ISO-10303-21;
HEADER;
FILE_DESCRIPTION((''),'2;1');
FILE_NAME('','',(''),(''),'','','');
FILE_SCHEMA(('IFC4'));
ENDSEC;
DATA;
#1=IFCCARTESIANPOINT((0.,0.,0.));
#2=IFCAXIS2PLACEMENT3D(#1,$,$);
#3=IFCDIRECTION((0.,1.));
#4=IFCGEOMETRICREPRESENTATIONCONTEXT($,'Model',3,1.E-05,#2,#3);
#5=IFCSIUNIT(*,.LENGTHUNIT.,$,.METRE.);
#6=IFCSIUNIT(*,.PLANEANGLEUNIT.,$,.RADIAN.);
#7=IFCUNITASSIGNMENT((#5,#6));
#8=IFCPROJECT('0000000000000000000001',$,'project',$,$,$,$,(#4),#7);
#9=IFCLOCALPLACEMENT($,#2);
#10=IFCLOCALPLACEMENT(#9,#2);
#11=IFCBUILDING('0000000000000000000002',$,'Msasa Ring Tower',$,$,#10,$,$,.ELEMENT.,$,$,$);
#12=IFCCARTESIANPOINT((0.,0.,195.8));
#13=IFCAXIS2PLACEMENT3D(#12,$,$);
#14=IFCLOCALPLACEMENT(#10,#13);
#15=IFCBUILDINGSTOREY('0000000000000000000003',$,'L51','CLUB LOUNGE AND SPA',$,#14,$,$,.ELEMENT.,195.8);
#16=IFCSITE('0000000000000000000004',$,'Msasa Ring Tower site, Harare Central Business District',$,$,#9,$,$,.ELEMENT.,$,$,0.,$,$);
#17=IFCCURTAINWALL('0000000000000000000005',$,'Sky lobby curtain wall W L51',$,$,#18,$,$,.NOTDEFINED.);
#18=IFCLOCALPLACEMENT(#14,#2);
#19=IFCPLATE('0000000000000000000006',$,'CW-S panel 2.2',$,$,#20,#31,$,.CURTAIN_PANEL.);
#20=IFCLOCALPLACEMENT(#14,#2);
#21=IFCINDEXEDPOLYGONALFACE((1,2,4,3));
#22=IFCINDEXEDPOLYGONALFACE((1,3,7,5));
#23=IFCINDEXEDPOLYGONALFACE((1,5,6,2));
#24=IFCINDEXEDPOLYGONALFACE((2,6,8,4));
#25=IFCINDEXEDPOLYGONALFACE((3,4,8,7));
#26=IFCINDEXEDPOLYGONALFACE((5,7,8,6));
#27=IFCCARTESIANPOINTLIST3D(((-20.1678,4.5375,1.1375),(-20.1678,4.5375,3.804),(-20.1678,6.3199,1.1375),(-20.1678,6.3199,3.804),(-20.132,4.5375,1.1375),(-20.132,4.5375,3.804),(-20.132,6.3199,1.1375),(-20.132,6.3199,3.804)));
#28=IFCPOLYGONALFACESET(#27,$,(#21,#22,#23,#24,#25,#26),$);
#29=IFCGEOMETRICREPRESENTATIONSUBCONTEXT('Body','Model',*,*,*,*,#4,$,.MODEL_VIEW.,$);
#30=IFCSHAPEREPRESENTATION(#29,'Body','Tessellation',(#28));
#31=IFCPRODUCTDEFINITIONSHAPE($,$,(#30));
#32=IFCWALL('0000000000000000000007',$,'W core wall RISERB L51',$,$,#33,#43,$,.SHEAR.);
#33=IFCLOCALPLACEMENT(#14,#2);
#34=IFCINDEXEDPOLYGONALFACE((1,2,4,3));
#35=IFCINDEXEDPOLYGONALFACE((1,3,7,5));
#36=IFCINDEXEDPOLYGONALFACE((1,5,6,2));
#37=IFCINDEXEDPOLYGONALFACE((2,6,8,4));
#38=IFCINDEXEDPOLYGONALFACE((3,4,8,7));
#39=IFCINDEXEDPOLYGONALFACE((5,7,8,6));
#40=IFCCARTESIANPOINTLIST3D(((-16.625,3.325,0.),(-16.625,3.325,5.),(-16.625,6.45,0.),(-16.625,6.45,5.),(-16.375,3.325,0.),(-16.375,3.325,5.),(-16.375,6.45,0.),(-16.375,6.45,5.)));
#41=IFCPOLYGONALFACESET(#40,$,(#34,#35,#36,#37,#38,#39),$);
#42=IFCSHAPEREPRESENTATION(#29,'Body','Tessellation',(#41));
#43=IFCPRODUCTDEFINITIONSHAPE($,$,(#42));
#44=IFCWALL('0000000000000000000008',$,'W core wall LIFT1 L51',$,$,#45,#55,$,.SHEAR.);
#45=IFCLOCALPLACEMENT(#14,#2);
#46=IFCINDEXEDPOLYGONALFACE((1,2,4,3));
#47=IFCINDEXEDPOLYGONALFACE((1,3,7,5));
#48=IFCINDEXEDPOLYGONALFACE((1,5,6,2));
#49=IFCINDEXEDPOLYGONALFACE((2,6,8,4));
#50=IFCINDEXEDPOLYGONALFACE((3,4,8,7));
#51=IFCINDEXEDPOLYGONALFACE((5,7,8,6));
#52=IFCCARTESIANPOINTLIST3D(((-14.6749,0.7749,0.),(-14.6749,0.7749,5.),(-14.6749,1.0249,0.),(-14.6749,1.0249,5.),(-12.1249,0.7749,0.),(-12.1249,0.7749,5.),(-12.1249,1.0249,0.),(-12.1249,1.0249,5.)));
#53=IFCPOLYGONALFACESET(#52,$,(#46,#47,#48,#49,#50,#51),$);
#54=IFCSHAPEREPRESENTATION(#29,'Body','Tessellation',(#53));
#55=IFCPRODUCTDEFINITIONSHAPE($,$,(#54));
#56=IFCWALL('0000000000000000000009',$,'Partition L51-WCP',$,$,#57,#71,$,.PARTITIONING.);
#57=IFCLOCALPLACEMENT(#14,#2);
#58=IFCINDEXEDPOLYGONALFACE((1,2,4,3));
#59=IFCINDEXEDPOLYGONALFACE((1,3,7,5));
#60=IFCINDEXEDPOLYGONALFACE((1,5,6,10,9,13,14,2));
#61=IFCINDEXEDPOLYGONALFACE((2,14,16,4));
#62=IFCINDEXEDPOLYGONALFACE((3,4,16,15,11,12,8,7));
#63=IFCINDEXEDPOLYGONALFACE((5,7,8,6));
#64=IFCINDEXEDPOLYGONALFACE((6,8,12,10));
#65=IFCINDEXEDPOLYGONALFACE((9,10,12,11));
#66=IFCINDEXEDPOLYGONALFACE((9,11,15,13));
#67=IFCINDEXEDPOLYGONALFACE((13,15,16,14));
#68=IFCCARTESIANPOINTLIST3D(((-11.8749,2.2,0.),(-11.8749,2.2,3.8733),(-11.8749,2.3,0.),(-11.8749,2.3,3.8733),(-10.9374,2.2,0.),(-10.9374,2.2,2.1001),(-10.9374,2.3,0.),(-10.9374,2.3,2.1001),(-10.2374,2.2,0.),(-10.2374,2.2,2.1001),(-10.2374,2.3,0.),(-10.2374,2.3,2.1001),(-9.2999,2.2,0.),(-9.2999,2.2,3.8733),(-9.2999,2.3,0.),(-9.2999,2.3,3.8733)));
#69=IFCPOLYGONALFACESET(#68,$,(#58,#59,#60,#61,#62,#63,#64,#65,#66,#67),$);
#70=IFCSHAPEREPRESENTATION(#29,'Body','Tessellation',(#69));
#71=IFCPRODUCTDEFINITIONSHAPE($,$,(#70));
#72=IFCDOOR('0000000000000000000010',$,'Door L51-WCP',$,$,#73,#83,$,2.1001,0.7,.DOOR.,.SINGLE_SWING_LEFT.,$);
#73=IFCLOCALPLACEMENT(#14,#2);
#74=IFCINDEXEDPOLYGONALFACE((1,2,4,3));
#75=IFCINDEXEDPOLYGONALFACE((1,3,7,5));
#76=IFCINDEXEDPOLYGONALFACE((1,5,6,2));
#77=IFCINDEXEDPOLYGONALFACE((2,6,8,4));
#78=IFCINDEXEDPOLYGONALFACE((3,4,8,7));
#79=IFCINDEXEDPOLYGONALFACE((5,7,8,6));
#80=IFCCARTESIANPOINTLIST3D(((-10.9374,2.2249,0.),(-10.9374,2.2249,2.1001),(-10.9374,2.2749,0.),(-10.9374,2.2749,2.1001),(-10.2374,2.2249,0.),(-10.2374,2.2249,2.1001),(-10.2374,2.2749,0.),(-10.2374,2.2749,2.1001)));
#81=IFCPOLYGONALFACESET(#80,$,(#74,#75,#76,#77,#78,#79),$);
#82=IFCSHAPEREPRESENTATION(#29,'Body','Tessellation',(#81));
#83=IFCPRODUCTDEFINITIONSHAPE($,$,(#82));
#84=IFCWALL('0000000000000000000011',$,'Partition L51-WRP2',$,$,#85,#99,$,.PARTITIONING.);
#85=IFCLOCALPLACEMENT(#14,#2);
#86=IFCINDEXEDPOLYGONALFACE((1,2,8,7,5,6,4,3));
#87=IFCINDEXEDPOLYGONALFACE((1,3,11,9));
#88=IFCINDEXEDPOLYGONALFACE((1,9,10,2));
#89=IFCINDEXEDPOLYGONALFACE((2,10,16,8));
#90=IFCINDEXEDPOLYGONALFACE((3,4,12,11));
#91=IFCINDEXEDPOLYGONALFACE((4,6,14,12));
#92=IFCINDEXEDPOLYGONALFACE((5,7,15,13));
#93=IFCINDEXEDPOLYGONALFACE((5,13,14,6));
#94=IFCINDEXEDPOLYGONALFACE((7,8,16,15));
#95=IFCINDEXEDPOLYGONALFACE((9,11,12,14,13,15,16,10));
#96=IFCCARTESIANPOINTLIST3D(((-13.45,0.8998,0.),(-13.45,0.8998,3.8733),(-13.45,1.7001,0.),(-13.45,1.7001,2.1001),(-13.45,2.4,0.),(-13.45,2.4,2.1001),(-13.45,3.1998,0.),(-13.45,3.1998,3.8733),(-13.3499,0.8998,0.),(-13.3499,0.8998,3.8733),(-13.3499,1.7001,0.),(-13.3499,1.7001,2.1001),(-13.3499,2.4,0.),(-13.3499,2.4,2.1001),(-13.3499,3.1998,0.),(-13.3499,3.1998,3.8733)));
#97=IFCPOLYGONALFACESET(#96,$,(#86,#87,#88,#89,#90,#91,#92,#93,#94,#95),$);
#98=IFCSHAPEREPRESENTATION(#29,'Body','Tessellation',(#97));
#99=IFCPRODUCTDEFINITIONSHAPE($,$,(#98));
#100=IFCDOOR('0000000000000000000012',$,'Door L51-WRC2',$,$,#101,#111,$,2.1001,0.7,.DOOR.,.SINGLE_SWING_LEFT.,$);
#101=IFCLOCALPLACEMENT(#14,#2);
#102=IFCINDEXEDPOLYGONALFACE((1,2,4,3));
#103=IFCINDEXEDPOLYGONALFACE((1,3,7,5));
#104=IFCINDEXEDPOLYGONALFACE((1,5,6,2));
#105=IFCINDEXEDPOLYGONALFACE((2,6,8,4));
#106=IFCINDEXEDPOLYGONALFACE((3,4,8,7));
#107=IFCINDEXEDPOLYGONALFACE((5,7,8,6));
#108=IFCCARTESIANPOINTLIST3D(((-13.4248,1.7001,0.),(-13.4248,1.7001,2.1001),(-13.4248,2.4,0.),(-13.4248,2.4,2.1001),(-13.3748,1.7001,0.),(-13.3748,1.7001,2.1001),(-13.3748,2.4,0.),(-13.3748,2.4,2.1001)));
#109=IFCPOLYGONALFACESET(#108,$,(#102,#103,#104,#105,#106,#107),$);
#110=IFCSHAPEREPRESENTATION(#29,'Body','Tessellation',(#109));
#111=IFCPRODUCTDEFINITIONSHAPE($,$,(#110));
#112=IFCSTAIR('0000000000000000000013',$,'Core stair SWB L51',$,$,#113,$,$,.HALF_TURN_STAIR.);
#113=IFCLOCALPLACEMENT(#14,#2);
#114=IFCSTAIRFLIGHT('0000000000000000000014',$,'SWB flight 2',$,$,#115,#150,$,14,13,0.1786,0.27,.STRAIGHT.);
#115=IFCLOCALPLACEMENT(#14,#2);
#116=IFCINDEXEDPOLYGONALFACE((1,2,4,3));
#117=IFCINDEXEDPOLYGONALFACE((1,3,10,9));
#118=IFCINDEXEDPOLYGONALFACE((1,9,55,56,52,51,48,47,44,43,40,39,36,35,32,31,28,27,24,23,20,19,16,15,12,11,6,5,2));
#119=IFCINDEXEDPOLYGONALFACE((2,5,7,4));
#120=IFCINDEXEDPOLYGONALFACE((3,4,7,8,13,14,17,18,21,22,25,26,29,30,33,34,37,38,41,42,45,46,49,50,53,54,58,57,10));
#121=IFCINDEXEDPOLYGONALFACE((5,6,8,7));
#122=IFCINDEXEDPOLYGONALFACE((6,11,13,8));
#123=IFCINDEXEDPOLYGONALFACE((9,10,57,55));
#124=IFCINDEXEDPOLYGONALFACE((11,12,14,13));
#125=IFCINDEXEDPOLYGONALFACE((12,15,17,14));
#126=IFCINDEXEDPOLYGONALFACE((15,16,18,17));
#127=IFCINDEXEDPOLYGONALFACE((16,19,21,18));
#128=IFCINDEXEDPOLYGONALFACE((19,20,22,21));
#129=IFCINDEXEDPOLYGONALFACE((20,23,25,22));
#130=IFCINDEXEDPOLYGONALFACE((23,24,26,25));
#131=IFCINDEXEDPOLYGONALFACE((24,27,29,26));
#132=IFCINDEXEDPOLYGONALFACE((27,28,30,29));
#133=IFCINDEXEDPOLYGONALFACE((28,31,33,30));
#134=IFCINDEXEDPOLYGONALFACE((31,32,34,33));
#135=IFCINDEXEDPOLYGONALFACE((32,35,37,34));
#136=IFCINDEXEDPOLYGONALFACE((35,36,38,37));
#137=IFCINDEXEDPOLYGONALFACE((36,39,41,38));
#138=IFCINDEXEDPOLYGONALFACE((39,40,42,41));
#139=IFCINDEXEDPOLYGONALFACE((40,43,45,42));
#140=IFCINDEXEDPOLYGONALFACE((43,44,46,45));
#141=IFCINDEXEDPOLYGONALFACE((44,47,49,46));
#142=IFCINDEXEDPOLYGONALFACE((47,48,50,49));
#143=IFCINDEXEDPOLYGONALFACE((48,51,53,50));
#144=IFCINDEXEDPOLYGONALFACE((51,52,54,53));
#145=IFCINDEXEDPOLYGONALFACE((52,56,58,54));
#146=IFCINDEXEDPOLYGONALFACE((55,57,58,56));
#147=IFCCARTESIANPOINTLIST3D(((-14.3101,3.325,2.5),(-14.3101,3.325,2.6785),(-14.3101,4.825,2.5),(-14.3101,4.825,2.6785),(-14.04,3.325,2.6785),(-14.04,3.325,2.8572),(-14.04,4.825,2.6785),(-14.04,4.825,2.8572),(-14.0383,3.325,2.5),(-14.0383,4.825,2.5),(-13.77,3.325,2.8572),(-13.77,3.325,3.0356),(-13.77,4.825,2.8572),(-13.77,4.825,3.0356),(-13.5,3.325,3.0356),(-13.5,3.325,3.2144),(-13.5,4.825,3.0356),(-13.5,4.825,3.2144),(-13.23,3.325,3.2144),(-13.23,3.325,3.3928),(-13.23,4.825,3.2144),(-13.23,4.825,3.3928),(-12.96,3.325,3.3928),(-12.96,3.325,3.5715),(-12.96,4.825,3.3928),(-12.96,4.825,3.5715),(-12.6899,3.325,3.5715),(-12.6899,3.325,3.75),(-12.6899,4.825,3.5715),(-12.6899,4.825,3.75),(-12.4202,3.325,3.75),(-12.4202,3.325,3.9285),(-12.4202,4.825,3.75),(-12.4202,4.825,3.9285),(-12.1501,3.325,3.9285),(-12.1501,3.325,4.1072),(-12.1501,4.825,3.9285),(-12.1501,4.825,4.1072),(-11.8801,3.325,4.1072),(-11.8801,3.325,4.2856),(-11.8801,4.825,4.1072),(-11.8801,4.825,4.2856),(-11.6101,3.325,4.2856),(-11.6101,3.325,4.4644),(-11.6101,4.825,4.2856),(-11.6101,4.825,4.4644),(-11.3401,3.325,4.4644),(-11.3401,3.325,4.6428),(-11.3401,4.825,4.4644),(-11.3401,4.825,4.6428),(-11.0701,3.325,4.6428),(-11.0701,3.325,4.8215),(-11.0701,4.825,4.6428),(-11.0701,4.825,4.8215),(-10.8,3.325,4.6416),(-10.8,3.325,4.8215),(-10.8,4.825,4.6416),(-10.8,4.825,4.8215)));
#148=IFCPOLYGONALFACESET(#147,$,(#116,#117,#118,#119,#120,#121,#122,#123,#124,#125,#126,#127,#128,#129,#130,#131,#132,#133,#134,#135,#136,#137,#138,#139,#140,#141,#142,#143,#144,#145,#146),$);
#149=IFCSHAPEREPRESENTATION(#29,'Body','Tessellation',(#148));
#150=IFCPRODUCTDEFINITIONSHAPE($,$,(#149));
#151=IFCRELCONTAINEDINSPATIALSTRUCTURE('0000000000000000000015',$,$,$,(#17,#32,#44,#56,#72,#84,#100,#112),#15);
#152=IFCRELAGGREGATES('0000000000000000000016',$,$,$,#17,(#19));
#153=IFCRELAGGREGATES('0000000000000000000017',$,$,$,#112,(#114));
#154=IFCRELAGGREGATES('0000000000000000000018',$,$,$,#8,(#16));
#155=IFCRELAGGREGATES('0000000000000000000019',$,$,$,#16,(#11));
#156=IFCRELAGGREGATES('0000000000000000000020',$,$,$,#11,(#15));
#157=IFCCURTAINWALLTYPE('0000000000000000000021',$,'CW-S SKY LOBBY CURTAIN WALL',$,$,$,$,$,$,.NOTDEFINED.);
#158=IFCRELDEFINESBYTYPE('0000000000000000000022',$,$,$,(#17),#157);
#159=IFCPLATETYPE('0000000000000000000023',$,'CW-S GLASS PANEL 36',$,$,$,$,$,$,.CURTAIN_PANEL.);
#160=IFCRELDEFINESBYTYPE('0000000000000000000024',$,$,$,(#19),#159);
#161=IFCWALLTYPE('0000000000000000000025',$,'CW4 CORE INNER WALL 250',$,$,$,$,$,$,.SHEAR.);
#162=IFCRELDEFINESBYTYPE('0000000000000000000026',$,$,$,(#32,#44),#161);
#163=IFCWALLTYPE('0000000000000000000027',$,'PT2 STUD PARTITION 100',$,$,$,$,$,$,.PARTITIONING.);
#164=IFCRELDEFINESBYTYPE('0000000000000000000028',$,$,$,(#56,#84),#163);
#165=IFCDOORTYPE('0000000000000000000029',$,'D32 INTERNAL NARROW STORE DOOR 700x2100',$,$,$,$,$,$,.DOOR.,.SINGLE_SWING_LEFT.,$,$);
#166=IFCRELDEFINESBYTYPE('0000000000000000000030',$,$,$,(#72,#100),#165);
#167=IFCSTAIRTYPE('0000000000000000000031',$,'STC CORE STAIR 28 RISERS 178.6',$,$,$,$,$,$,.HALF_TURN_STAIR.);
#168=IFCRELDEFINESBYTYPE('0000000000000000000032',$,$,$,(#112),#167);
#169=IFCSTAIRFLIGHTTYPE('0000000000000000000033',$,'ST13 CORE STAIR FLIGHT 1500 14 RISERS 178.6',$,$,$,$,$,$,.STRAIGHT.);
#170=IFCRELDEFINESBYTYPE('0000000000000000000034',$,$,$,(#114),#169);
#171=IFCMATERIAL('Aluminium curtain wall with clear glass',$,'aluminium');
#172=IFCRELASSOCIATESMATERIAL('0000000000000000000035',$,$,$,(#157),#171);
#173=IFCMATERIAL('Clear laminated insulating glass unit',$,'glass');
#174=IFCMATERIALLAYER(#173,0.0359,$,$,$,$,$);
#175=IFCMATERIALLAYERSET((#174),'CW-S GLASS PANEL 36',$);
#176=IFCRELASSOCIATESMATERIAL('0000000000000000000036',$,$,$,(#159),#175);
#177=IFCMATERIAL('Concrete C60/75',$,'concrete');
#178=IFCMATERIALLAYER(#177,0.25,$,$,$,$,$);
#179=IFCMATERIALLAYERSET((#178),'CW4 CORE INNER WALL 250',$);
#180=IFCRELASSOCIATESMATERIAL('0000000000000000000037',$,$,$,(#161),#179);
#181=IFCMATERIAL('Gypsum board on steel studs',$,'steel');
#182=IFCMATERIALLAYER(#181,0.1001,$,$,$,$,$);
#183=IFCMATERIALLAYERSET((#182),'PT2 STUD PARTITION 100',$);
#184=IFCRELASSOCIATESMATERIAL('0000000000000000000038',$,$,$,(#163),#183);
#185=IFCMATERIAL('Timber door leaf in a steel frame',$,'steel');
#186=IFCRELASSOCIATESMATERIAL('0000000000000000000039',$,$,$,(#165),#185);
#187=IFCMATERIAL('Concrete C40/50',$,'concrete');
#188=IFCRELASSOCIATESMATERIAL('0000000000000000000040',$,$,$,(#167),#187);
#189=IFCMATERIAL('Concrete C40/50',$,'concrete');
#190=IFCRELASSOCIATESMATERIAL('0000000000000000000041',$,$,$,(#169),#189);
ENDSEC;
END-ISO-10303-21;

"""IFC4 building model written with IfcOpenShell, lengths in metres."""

from ifc_helpers import new_model, si_unit, direction, frame, frame_2d, origin, origin_2d, place, context, subcontext, project, spatial, polyline, rectangle, outline, extrude, material, layer, layer_set, type_object, element, fill, aggregate, save


model = new_model("IFC4")

# Units and contexts
model_context = context("Model", 3, precision=1e-05, world=origin(), true_north=direction((0.0, 1.0)))
body_context = subcontext(model_context, "Body", "Model", "MODEL_VIEW")
ifc_project = project(units=[si_unit("LENGTHUNIT", "METRE"), si_unit("PLANEANGLEUNIT", "RADIAN")], contexts=[model_context])

# Site, building, storey
site_placement = place(None, origin())
site = spatial("IfcSite", under=ifc_project, at=site_placement, Name="Msasa Ring Tower site, Harare Central Business District", CompositionType="ELEMENT", RefElevation=0.0)
building_placement = place(site_placement, origin())
building = spatial("IfcBuilding", under=site, at=building_placement, Name="Msasa Ring Tower", CompositionType="ELEMENT")
storey_placement = place(building_placement, frame((0.0, 0.0, 195.8)))
storey = spatial("IfcBuildingStorey", under=building, at=storey_placement, Name="L51", Description="CLUB LOUNGE AND SPA", CompositionType="ELEMENT", Elevation=195.8)

# Curtain wall
ifc_material_1 = material(Name="Aluminium curtain wall with clear glass", Category="aluminium")
curtain_wall_type = type_object("IfcCurtainWallType", Name="CW-S SKY LOBBY CURTAIN WALL", PredefinedType="NOTDEFINED", material=ifc_material_1)
curtain_wall_1_placement = place(storey_placement, origin())
curtain_wall_1 = element("IfcCurtainWall", 1, at=curtain_wall_1_placement, inside=storey, type_object=curtain_wall_type, Name="Sky lobby curtain wall W L51", PredefinedType="NOTDEFINED")

# Plate
ifc_material_2 = material(Name="Clear laminated insulating glass unit", Category="glass")
ifc_layer_1 = layer(ifc_material_2, 0.0359)
ifc_layer_set_1 = layer_set([ifc_layer_1], Name="CW-S GLASS PANEL 36")
plate_type = type_object("IfcPlateType", Name="CW-S GLASS PANEL 36", PredefinedType="CURTAIN_PANEL", material=ifc_layer_set_1)
plate_1_placement = place(storey_placement, frame((-20.1499, 5.4287, 1.1375), z_axis=(0.0, 0.0, 1.0), x_axis=(0.0, 1.0, 0.0)))
plate_1 = element("IfcPlate", 2, at=plate_1_placement, type_object=plate_type, Name="CW-S panel 2.2", PredefinedType="CURTAIN_PANEL", context=body_context, shape_type="SweptSolid", body=[
    extrude(rectangle(XDim=1.7825, YDim=0.0359, at=origin_2d()), origin(), (0.0, 0.0, 1.0), 2.6665),
])
aggregate(curtain_wall_1, [plate_1])

# Walls
ifc_material_3 = material(Name="Concrete C60/75", Category="concrete")
ifc_layer_2 = layer(ifc_material_3, 0.25)
ifc_layer_set_2 = layer_set([ifc_layer_2], Name="CW4 CORE INNER WALL 250")
wall_type_1 = type_object("IfcWallType", Name="CW4 CORE INNER WALL 250", PredefinedType="SHEAR", material=ifc_layer_set_2)
wall_1_placement = place(storey_placement, frame((-16.5, 3.325, 0.0), z_axis=(0.0, 0.0, 1.0), x_axis=(0.0, 1.0, 0.0)))
element("IfcWall", 3, at=wall_1_placement, inside=storey, type_object=wall_type_1, Name="W core wall RISERB L51", PredefinedType="SHEAR", context=body_context, shape_type="SweptSolid", body=[
    extrude(rectangle(XDim=3.125, YDim=0.25, at=frame_2d((1.5625, 0.0))), origin(), (0.0, 0.0, 1.0), 5.0),
])
wall_2_placement = place(storey_placement, frame((-12.125, 0.8999, 0.0), z_axis=(0.0, 0.0, 1.0), x_axis=(-1.0, 0.0, 0.0)))
element("IfcWall", 4, at=wall_2_placement, inside=storey, type_object=wall_type_1, Name="W core wall LIFT1 L51", PredefinedType="SHEAR", context=body_context, shape_type="SweptSolid", body=[
    extrude(rectangle(XDim=2.55, YDim=0.25, at=frame_2d((1.2749, 0.0))), origin(), (0.0, 0.0, 1.0), 5.0),
])

# Walls, openings, doors
ifc_material_4 = material(Name="Gypsum board on steel studs", Category="steel")
ifc_layer_3 = layer(ifc_material_4, 0.1001)
ifc_layer_set_3 = layer_set([ifc_layer_3], Name="PT2 STUD PARTITION 100")
wall_type_2 = type_object("IfcWallType", Name="PT2 STUD PARTITION 100", PredefinedType="PARTITIONING", material=ifc_layer_set_3)
wall_3_placement = place(storey_placement, frame((-11.875, 2.25, 0.0), z_axis=(0.0, 0.0, 1.0), x_axis=(1.0, 0.0, 0.0)))
wall_3 = element("IfcWall", 5, at=wall_3_placement, inside=storey, type_object=wall_type_2, Name="Partition L51-WCP", PredefinedType="PARTITIONING", context=body_context, shape_type="SweptSolid", body=[
    extrude(rectangle(XDim=2.575, YDim=0.1001, at=frame_2d((1.2876, 0.0))), origin(), (0.0, 0.0, 1.0), 3.8733),
])
opening_1_placement = place(wall_3_placement, frame((0.9375, 0.0, 0.0)))
opening_1 = element("IfcOpeningElement", 6, at=opening_1_placement, cuts=wall_3, PredefinedType="OPENING", context=body_context, shape_type="SweptSolid", body=[
    extrude(rectangle(XDim=0.7, YDim=2.1001, at=frame_2d((0.3501, 1.05))), frame((0.0, 0.0601, 0.0), z_axis=(0.0, -1.0, 0.0), x_axis=(1.0, 0.0, 0.0)), (0.0, 0.0, 1.0), 0.1201),
])
ifc_material_5 = material(Name="Timber door leaf in a steel frame", Category="steel")
door_type = type_object("IfcDoorType", Name="D32 INTERNAL NARROW STORE DOOR 700x2100", OperationType="SINGLE_SWING_LEFT", PredefinedType="DOOR", material=ifc_material_5)
door_1_placement = place(opening_1_placement, origin())
door_1 = element("IfcDoor", 7, at=door_1_placement, inside=storey, type_object=door_type, Name="Door L51-WCP", OperationType="SINGLE_SWING_LEFT", OverallHeight=2.1001, OverallWidth=0.7, PredefinedType="DOOR", context=body_context, shape_type="SweptSolid", body=[
    extrude(rectangle(XDim=0.7, YDim=2.1001, at=frame_2d((0.3501, 1.05))), frame((0.0, 0.0249, 0.0), z_axis=(0.0, -1.0, 0.0), x_axis=(1.0, 0.0, 0.0)), (0.0, 0.0, 1.0), 0.05),
])
fill(opening_1, door_1)
wall_4_placement = place(storey_placement, frame((-13.3999, 0.8999, 0.0), z_axis=(0.0, 0.0, 1.0), x_axis=(0.0, 1.0, 0.0)))
wall_4 = element("IfcWall", 8, at=wall_4_placement, inside=storey, type_object=wall_type_2, Name="Partition L51-WRP2", PredefinedType="PARTITIONING", context=body_context, shape_type="SweptSolid", body=[
    extrude(rectangle(XDim=2.3, YDim=0.1001, at=frame_2d((1.1499, 0.0))), origin(), (0.0, 0.0, 1.0), 3.8733),
])
opening_2_placement = place(wall_4_placement, frame((0.8, 0.0, 0.0)))
opening_2 = element("IfcOpeningElement", 9, at=opening_2_placement, cuts=wall_4, PredefinedType="OPENING", context=body_context, shape_type="SweptSolid", body=[
    extrude(rectangle(XDim=0.7, YDim=2.1001, at=frame_2d((0.3501, 1.05))), frame((0.0, 0.0601, 0.0), z_axis=(0.0, -1.0, 0.0), x_axis=(1.0, 0.0, 0.0)), (0.0, 0.0, 1.0), 0.1201),
])
door_2_placement = place(opening_2_placement, origin())
door_2 = element("IfcDoor", 10, at=door_2_placement, inside=storey, type_object=door_type, Name="Door L51-WRC2", OperationType="SINGLE_SWING_LEFT", OverallHeight=2.1001, OverallWidth=0.7, PredefinedType="DOOR", context=body_context, shape_type="SweptSolid", body=[
    extrude(rectangle(XDim=0.7, YDim=2.1001, at=frame_2d((0.3501, 1.05))), frame((0.0, 0.0249, 0.0), z_axis=(0.0, -1.0, 0.0), x_axis=(1.0, 0.0, 0.0)), (0.0, 0.0, 1.0), 0.05),
])
fill(opening_2, door_2)

# Stair, stair flight
ifc_material_6 = material(Name="Concrete C40/50", Category="concrete")
stair_type = type_object("IfcStairType", Name="STC CORE STAIR 28 RISERS 178.6", PredefinedType="HALF_TURN_STAIR", material=ifc_material_6)
stair_placement = place(storey_placement, origin())
stair = element("IfcStair", 11, at=stair_placement, inside=storey, type_object=stair_type, Name="Core stair SWB L51", PredefinedType="HALF_TURN_STAIR")
ifc_material_7 = material(Name="Concrete C40/50", Category="concrete")
stair_flight_type = type_object("IfcStairFlightType", Name="ST13 CORE STAIR FLIGHT 1500 14 RISERS 178.6", PredefinedType="STRAIGHT", material=ifc_material_7)
stair_flight_placement = place(storey_placement, frame((-14.3101, 4.075, 2.5), z_axis=(0.0, 0.0, 1.0), x_axis=(1.0, 0.0, 0.0)))
stair_flight = element("IfcStairFlight", 12, at=stair_flight_placement, type_object=stair_flight_type, Name="SWB flight 2", NumberOfRisers=14, NumberOfTreads=13, PredefinedType="STRAIGHT", RiserHeight=0.1786, TreadLength=0.27, context=body_context, shape_type="SweptSolid", body=[
    extrude(outline(polyline([(0.0, 0.0), (0.0, 0.1785), (0.27, 0.1785), (0.27, 0.3572), (0.54, 0.3572), (0.54, 0.5356), (0.8101, 0.5356), (0.8101, 0.7144), (1.0801, 0.7144), (1.0801, 0.8928), (1.3501, 0.8928), (1.3501, 1.0715), (1.6201, 1.0715), (1.6201, 1.25), (1.8899, 1.25), (1.8899, 1.4285), (2.1599, 1.4285), (2.1599, 1.6072), (2.4299, 1.6072), (2.4299, 1.7856), (2.7, 1.7856), (2.7, 1.9644), (2.97, 1.9644), (2.97, 2.1428), (3.24, 2.1428), (3.24, 2.3215), (3.51, 2.3215), (3.51, 2.5), (3.51, 2.1416), (0.2717, 0.0), (0.0, 0.0)])), frame((0.0, 0.75, 0.0), z_axis=(0.0, -1.0, 0.0), x_axis=(1.0, 0.0, 0.0)), (0.0, 0.0, 1.0), 1.5),
])
aggregate(stair, [stair_flight])

save(model, "model.ifc")
